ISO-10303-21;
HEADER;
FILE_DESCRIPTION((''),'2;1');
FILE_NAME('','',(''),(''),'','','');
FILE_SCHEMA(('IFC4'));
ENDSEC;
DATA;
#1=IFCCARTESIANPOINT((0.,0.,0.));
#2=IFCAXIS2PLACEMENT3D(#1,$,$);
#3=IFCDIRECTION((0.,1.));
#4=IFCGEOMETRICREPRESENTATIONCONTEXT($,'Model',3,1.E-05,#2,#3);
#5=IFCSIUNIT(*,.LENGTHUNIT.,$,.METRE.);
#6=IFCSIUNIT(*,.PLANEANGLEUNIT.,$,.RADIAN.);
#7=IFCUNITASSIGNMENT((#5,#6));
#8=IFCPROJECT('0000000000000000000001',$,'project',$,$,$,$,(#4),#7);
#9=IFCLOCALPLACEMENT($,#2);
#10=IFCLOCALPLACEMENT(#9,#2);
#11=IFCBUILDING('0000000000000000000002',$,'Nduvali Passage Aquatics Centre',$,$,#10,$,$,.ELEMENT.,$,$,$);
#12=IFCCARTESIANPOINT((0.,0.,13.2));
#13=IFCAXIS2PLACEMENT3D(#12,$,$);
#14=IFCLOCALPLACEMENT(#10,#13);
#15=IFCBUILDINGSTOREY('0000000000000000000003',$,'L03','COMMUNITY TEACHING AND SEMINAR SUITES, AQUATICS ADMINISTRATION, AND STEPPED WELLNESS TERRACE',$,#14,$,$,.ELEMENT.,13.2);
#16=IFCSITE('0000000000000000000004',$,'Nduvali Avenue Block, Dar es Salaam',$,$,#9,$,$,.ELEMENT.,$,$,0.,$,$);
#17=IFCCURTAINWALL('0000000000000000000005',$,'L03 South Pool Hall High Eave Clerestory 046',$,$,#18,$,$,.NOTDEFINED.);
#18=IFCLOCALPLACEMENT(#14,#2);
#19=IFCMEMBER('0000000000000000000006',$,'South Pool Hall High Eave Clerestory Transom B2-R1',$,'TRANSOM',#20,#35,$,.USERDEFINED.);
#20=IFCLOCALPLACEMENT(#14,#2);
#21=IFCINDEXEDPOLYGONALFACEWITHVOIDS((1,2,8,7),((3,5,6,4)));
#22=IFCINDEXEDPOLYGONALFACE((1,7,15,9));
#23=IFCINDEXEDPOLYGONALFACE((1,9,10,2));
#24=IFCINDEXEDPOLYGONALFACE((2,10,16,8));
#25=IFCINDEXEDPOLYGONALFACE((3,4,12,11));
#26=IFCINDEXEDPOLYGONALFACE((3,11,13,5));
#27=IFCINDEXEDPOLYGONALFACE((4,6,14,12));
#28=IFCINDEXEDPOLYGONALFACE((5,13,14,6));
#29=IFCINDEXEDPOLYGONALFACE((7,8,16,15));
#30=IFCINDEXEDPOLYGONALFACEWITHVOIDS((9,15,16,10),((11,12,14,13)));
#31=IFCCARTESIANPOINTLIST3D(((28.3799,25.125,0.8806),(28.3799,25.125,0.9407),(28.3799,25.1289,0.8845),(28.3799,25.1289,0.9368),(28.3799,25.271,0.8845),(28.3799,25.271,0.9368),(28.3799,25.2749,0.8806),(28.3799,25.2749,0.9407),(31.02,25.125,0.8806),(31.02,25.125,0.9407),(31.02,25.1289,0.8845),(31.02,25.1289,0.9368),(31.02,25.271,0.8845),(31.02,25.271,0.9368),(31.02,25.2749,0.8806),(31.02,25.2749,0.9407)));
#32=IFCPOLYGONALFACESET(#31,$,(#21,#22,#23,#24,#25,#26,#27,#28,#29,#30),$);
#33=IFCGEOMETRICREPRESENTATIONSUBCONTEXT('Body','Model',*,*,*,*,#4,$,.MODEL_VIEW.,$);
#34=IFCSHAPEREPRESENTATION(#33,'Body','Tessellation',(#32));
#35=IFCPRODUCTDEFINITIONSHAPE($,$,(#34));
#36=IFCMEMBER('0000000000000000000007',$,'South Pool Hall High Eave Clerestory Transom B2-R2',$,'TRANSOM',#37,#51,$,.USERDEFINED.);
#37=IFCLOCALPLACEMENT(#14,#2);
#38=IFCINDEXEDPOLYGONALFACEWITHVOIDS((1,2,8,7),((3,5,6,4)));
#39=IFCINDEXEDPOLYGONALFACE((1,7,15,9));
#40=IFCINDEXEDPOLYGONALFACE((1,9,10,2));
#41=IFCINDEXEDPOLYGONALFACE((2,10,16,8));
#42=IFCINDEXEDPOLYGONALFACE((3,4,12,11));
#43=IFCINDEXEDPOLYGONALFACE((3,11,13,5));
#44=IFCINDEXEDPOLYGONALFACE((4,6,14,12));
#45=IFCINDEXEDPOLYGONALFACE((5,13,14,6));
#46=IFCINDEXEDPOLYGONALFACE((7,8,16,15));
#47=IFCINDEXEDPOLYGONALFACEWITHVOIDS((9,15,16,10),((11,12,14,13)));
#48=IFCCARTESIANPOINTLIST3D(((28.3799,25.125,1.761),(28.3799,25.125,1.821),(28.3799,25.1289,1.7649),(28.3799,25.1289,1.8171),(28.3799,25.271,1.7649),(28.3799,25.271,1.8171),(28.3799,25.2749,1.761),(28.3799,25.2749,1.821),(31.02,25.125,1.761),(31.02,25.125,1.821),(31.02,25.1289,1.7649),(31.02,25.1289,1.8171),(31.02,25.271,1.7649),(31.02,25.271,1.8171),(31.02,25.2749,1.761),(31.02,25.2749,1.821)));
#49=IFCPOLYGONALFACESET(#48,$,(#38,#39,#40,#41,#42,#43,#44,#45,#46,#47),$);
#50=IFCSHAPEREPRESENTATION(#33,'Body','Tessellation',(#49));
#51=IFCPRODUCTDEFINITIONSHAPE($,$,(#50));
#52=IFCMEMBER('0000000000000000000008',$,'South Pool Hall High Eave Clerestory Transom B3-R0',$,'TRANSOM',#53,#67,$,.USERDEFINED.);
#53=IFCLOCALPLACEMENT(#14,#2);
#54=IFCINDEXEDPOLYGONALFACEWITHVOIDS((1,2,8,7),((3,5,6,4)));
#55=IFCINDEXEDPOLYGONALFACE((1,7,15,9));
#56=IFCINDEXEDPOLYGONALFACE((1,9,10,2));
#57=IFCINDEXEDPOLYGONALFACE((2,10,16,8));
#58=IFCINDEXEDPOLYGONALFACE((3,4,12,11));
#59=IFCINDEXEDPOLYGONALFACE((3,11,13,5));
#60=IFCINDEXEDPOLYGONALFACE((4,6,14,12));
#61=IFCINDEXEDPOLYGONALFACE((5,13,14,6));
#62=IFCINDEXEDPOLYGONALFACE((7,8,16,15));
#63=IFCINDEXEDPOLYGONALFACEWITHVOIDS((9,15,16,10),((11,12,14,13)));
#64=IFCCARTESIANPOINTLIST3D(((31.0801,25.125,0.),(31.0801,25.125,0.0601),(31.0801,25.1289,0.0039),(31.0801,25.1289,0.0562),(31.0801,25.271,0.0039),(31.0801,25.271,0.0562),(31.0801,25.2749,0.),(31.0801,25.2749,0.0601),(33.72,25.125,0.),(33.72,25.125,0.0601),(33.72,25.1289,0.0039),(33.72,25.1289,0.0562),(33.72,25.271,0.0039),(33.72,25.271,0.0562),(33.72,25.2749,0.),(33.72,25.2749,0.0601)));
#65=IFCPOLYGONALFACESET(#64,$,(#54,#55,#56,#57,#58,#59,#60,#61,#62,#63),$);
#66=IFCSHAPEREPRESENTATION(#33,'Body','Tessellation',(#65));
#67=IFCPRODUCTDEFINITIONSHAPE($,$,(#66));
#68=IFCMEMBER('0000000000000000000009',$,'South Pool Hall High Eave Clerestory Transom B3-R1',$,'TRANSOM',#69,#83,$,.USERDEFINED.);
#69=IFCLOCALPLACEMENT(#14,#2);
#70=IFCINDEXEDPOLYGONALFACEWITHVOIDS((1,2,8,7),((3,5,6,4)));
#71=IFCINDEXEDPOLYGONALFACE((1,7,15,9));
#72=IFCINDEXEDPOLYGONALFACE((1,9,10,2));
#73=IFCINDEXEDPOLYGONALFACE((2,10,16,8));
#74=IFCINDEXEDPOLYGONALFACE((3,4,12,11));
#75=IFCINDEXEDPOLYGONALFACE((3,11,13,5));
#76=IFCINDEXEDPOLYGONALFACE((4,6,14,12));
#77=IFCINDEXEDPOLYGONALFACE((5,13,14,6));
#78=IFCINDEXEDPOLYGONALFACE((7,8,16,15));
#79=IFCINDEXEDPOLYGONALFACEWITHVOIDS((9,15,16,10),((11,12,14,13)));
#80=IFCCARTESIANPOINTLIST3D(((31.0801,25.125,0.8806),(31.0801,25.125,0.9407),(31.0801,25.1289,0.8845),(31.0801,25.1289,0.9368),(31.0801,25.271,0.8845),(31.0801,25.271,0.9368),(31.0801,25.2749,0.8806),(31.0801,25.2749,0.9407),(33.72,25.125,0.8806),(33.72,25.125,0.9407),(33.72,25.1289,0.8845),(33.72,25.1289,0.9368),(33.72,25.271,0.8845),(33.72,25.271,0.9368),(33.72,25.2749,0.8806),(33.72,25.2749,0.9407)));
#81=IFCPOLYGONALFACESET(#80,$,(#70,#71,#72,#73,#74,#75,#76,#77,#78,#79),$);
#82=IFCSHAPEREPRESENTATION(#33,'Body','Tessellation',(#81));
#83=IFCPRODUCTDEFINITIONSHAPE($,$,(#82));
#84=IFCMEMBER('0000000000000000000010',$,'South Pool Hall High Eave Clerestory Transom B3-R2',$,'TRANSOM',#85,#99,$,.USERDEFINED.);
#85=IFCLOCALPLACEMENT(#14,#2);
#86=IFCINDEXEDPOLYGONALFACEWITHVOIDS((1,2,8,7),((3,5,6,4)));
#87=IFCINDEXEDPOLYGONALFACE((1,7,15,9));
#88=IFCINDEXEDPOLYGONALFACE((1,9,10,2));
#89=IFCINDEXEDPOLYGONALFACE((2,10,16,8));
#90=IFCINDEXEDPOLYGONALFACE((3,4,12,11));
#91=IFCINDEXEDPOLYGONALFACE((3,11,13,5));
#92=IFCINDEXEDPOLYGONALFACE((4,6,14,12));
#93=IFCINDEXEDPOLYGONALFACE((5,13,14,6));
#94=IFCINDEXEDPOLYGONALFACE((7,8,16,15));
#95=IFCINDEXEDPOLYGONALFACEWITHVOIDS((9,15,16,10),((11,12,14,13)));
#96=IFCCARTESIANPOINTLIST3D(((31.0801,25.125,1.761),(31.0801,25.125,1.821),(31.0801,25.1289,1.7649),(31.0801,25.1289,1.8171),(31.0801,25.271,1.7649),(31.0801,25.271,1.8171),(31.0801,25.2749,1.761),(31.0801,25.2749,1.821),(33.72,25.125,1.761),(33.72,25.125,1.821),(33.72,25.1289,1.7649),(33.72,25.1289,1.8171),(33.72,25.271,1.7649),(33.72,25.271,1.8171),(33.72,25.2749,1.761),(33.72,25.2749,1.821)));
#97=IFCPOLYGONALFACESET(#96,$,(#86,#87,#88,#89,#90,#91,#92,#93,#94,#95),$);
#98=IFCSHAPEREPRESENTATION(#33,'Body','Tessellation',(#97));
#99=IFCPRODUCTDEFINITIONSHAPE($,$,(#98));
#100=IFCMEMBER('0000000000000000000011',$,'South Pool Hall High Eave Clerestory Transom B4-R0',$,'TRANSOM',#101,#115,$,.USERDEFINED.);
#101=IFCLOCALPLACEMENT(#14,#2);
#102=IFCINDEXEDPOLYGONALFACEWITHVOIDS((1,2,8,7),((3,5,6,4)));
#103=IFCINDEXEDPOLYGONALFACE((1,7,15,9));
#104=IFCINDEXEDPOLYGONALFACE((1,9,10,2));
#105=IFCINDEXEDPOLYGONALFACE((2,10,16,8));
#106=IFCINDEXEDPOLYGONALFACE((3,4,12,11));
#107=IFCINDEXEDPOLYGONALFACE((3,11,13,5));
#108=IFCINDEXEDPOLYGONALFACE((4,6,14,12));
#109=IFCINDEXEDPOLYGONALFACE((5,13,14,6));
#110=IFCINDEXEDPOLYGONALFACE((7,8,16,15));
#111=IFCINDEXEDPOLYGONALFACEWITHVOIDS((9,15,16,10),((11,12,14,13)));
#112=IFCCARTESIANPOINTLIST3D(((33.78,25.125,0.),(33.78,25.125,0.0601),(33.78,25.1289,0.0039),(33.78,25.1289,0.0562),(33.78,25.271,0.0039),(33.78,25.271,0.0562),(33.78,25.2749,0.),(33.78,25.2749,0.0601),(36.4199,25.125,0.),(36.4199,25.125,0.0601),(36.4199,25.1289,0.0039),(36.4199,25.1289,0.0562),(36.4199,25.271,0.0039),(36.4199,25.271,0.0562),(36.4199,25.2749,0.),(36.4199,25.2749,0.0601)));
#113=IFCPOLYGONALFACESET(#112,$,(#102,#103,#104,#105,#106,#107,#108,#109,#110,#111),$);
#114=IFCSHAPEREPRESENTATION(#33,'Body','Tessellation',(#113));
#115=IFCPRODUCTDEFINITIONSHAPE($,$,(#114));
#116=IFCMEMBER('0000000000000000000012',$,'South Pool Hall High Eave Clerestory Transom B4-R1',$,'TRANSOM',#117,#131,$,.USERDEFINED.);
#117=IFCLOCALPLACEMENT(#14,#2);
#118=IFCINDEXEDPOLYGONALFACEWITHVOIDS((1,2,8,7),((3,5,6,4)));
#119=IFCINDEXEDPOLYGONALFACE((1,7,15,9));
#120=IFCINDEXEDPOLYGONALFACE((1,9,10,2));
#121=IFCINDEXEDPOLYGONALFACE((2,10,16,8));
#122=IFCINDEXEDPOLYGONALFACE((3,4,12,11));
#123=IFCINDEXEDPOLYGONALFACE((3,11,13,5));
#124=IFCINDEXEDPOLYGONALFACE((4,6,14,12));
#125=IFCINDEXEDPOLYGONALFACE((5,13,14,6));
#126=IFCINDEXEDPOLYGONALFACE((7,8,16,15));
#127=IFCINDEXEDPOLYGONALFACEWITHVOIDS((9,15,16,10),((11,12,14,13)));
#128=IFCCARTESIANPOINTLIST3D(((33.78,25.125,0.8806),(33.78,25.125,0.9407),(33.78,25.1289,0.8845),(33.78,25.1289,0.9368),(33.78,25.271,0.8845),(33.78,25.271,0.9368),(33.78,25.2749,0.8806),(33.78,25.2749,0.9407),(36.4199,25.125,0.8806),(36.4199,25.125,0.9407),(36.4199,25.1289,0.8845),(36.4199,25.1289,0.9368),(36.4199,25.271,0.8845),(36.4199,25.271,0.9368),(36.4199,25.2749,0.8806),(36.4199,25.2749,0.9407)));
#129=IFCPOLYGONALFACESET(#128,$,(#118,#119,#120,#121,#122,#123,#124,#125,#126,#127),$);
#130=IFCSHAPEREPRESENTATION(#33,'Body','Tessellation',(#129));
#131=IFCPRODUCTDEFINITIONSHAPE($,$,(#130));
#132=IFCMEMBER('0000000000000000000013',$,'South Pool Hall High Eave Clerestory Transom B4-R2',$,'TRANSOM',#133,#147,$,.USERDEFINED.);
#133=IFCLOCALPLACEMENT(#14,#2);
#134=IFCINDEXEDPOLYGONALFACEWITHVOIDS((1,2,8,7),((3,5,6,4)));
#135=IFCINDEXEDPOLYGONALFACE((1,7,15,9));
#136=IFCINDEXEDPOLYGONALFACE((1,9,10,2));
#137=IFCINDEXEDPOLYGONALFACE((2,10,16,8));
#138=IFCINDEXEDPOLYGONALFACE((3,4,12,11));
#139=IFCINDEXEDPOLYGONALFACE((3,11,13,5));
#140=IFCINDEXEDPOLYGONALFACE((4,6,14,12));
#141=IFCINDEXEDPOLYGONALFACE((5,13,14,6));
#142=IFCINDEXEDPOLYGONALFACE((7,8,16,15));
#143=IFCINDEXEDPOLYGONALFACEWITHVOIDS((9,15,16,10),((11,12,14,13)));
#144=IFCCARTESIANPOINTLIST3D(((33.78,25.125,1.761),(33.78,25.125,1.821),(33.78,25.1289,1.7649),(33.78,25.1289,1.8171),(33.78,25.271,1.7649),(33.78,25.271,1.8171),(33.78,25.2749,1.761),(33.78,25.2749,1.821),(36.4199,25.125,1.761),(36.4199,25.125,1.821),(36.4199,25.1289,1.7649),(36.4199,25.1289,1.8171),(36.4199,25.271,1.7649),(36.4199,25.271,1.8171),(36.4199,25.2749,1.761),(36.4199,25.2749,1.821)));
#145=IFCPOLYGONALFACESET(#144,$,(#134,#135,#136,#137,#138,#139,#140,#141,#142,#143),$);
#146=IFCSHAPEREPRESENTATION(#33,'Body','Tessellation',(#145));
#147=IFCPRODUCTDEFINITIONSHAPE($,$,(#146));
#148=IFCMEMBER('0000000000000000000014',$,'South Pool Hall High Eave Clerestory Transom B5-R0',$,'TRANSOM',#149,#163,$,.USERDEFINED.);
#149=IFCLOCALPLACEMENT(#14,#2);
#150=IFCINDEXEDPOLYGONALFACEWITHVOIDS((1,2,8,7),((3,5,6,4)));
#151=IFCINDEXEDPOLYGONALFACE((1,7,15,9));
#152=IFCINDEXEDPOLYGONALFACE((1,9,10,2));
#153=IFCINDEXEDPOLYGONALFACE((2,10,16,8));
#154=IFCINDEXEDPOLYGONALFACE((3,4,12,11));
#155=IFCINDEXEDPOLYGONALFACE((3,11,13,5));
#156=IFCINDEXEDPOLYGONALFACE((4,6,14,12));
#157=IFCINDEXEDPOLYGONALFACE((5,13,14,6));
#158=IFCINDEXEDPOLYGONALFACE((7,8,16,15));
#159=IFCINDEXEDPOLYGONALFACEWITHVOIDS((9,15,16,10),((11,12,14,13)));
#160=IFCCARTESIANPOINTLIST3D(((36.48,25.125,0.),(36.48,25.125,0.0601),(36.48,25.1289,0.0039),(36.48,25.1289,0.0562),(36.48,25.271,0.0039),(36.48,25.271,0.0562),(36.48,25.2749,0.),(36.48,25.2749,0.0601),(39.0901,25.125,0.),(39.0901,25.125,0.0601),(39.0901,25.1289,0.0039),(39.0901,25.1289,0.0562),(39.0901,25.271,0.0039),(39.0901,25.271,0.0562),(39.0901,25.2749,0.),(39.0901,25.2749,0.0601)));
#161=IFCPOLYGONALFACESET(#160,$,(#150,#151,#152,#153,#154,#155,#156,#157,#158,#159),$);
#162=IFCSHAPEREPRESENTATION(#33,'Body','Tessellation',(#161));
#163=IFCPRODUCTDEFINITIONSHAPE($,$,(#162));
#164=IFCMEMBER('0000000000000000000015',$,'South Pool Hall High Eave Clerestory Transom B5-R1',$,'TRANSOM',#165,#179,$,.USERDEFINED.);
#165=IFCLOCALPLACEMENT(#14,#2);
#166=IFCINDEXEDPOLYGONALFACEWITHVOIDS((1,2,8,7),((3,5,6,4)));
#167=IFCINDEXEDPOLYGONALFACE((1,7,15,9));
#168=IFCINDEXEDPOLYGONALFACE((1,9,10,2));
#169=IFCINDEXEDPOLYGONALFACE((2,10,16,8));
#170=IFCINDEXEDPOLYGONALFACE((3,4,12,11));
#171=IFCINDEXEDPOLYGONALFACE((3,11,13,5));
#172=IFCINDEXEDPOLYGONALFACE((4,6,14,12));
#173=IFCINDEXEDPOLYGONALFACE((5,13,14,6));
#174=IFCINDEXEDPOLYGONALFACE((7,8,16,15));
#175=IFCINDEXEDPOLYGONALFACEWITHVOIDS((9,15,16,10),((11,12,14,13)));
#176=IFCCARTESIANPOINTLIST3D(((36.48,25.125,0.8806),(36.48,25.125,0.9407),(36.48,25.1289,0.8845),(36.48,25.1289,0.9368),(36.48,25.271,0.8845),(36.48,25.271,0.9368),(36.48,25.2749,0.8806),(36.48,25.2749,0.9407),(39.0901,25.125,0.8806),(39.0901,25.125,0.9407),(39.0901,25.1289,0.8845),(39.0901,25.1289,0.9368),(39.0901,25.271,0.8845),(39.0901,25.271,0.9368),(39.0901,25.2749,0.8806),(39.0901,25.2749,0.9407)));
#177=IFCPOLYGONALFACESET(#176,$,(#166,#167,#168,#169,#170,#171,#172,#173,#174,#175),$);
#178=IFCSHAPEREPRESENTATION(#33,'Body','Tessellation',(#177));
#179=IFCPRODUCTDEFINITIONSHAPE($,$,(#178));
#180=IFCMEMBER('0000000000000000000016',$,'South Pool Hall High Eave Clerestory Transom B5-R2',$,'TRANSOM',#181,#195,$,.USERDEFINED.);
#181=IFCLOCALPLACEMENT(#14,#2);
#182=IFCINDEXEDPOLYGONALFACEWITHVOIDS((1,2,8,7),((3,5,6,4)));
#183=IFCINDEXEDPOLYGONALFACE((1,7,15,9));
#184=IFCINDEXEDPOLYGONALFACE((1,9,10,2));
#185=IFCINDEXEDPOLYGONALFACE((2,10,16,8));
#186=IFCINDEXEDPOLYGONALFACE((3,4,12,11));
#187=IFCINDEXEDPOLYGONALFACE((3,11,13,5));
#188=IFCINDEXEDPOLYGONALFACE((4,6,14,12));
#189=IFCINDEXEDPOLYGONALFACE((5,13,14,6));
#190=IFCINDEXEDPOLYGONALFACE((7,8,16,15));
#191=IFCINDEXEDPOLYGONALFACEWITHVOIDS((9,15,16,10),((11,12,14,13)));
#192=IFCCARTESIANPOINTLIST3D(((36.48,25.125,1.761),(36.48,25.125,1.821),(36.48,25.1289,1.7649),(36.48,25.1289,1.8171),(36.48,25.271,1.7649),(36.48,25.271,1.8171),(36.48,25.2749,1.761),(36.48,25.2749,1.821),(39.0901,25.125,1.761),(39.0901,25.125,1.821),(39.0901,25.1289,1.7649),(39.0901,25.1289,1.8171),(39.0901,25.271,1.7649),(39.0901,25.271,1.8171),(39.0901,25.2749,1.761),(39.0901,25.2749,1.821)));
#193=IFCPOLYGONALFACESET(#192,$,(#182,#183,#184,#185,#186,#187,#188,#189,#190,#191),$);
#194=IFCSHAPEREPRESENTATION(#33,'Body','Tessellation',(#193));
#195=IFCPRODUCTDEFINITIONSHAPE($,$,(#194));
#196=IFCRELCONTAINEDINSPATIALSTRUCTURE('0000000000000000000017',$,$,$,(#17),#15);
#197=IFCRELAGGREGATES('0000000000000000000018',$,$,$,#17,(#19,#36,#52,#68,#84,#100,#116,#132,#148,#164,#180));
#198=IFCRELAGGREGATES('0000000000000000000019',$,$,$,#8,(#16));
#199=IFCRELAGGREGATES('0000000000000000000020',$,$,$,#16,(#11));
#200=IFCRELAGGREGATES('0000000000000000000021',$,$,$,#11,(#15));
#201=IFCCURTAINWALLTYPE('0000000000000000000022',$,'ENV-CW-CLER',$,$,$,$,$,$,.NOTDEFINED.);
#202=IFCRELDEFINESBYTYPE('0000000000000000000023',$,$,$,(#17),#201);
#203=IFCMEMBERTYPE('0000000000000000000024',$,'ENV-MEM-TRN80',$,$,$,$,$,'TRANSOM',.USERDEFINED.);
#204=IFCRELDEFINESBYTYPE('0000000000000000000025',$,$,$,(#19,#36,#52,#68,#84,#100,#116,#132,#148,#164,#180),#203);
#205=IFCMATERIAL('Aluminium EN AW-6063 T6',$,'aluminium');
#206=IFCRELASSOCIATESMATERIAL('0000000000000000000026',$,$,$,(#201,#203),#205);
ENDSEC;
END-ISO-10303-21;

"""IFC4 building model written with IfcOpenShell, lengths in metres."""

from ifc_helpers import new_model, si_unit, direction, frame, origin, origin_2d, place, context, subcontext, project, spatial, hollow_rectangle, extrude, material, material_profile, profile_set, type_object, element, aggregate, save


model = new_model("IFC4")

# Units and contexts
model_context = context("Model", 3, precision=1e-05, world=origin(), true_north=direction((0.0, 1.0)))
body_context = subcontext(model_context, "Body", "Model", "MODEL_VIEW")
ifc_project = project(units=[si_unit("LENGTHUNIT", "METRE"), si_unit("PLANEANGLEUNIT", "RADIAN")], contexts=[model_context])

# Site, building, storey
site_placement = place(None, origin())
site = spatial("IfcSite", under=ifc_project, at=site_placement, Name="Nduvali Avenue Block, Dar es Salaam", CompositionType="ELEMENT", RefElevation=0.0)
building_placement = place(site_placement, origin())
building = spatial("IfcBuilding", under=site, at=building_placement, Name="Nduvali Passage Aquatics Centre", CompositionType="ELEMENT")
storey_placement = place(building_placement, frame((0.0, 0.0, 13.2)))
storey = spatial("IfcBuildingStorey", under=building, at=storey_placement, Name="L03", Description="COMMUNITY TEACHING AND SEMINAR SUITES, AQUATICS ADMINISTRATION, AND STEPPED WELLNESS TERRACE", CompositionType="ELEMENT", Elevation=13.2)

# Curtain wall, members
ifc_material_1 = material(Name="Aluminium EN AW-6063 T6", Category="aluminium")
curtain_wall_type = type_object("IfcCurtainWallType", Name="ENV-CW-CLER", PredefinedType="NOTDEFINED", material=ifc_material_1)
curtain_wall_placement = place(storey_placement, origin())
curtain_wall = element("IfcCurtainWall", 1, at=curtain_wall_placement, inside=storey, type_object=curtain_wall_type, Name="L03 South Pool Hall High Eave Clerestory 046", PredefinedType="NOTDEFINED")
ifc_material_profile_1 = material_profile(ifc_material_1, hollow_rectangle(XDim=0.1499, YDim=0.0601, WallThickness=0.0039, at=origin_2d()), Name="ALU TRANSOM 150x60x4")
ifc_profile_set_1 = profile_set([ifc_material_profile_1], Name="Aluminium EN AW-6063 T6")
member_type_1 = type_object("IfcMemberType", Name="ENV-MEM-TRN80", ElementType="TRANSOM", PredefinedType="USERDEFINED", material=ifc_profile_set_1)
member_1_placement = place(storey_placement, frame((28.3799, 25.2, 0.9106), z_axis=(1.0, 0.0, 0.0), x_axis=(0.0, 1.0, 0.0)))
member_1 = element("IfcMember", 2, at=member_1_placement, type_object=member_type_1, Name="South Pool Hall High Eave Clerestory Transom B2-R1", ObjectType="TRANSOM", PredefinedType="USERDEFINED", context=body_context, shape_type="SweptSolid", body=[
    extrude(hollow_rectangle(XDim=0.1499, YDim=0.0601, WallThickness=0.0039, at=origin_2d()), origin(), (0.0, 0.0, 1.0), 2.6401),
])
member_2_placement = place(storey_placement, frame((28.3799, 25.2, 1.791), z_axis=(1.0, 0.0, 0.0), x_axis=(0.0, 1.0, 0.0)))
member_2 = element("IfcMember", 3, at=member_2_placement, type_object=member_type_1, Name="South Pool Hall High Eave Clerestory Transom B2-R2", ObjectType="TRANSOM", PredefinedType="USERDEFINED", context=body_context, shape_type="SweptSolid", body=[
    extrude(hollow_rectangle(XDim=0.1499, YDim=0.0601, WallThickness=0.0039, at=origin_2d()), origin(), (0.0, 0.0, 1.0), 2.6401),
])
member_3_placement = place(storey_placement, frame((31.0801, 25.2, 0.03), z_axis=(1.0, 0.0, 0.0), x_axis=(0.0, 1.0, 0.0)))
member_3 = element("IfcMember", 4, at=member_3_placement, type_object=member_type_1, Name="South Pool Hall High Eave Clerestory Transom B3-R0", ObjectType="TRANSOM", PredefinedType="USERDEFINED", context=body_context, shape_type="SweptSolid", body=[
    extrude(hollow_rectangle(XDim=0.1499, YDim=0.0601, WallThickness=0.0039, at=origin_2d()), origin(), (0.0, 0.0, 1.0), 2.6399),
])
member_4_placement = place(storey_placement, frame((31.0801, 25.2, 0.9106), z_axis=(1.0, 0.0, 0.0), x_axis=(0.0, 1.0, 0.0)))
member_4 = element("IfcMember", 5, at=member_4_placement, type_object=member_type_1, Name="South Pool Hall High Eave Clerestory Transom B3-R1", ObjectType="TRANSOM", PredefinedType="USERDEFINED", context=body_context, shape_type="SweptSolid", body=[
    extrude(hollow_rectangle(XDim=0.1499, YDim=0.0601, WallThickness=0.0039, at=origin_2d()), origin(), (0.0, 0.0, 1.0), 2.6399),
])
member_5_placement = place(storey_placement, frame((31.0801, 25.2, 1.791), z_axis=(1.0, 0.0, 0.0), x_axis=(0.0, 1.0, 0.0)))
member_5 = element("IfcMember", 6, at=member_5_placement, type_object=member_type_1, Name="South Pool Hall High Eave Clerestory Transom B3-R2", ObjectType="TRANSOM", PredefinedType="USERDEFINED", context=body_context, shape_type="SweptSolid", body=[
    extrude(hollow_rectangle(XDim=0.1499, YDim=0.0601, WallThickness=0.0039, at=origin_2d()), origin(), (0.0, 0.0, 1.0), 2.6399),
])
member_6_placement = place(storey_placement, frame((33.78, 25.2, 0.03), z_axis=(1.0, 0.0, 0.0), x_axis=(0.0, 1.0, 0.0)))
member_6 = element("IfcMember", 7, at=member_6_placement, type_object=member_type_1, Name="South Pool Hall High Eave Clerestory Transom B4-R0", ObjectType="TRANSOM", PredefinedType="USERDEFINED", context=body_context, shape_type="SweptSolid", body=[
    extrude(hollow_rectangle(XDim=0.1499, YDim=0.0601, WallThickness=0.0039, at=origin_2d()), origin(), (0.0, 0.0, 1.0), 2.6399),
])
member_7_placement = place(storey_placement, frame((33.78, 25.2, 0.9106), z_axis=(1.0, 0.0, 0.0), x_axis=(0.0, 1.0, 0.0)))
member_7 = element("IfcMember", 8, at=member_7_placement, type_object=member_type_1, Name="South Pool Hall High Eave Clerestory Transom B4-R1", ObjectType="TRANSOM", PredefinedType="USERDEFINED", context=body_context, shape_type="SweptSolid", body=[
    extrude(hollow_rectangle(XDim=0.1499, YDim=0.0601, WallThickness=0.0039, at=origin_2d()), origin(), (0.0, 0.0, 1.0), 2.6399),
])
member_8_placement = place(storey_placement, frame((33.78, 25.2, 1.791), z_axis=(1.0, 0.0, 0.0), x_axis=(0.0, 1.0, 0.0)))
member_8 = element("IfcMember", 9, at=member_8_placement, type_object=member_type_1, Name="South Pool Hall High Eave Clerestory Transom B4-R2", ObjectType="TRANSOM", PredefinedType="USERDEFINED", context=body_context, shape_type="SweptSolid", body=[
    extrude(hollow_rectangle(XDim=0.1499, YDim=0.0601, WallThickness=0.0039, at=origin_2d()), origin(), (0.0, 0.0, 1.0), 2.6399),
])
member_9_placement = place(storey_placement, frame((36.48, 25.2, 0.03), z_axis=(1.0, 0.0, 0.0), x_axis=(0.0, 1.0, 0.0)))
member_9 = element("IfcMember", 10, at=member_9_placement, type_object=member_type_1, Name="South Pool Hall High Eave Clerestory Transom B5-R0", ObjectType="TRANSOM", PredefinedType="USERDEFINED", context=body_context, shape_type="SweptSolid", body=[
    extrude(hollow_rectangle(XDim=0.1499, YDim=0.0601, WallThickness=0.0039, at=origin_2d()), origin(), (0.0, 0.0, 1.0), 2.6101),
])
member_10_placement = place(storey_placement, frame((36.48, 25.2, 0.9106), z_axis=(1.0, 0.0, 0.0), x_axis=(0.0, 1.0, 0.0)))
member_10 = element("IfcMember", 11, at=member_10_placement, type_object=member_type_1, Name="South Pool Hall High Eave Clerestory Transom B5-R1", ObjectType="TRANSOM", PredefinedType="USERDEFINED", context=body_context, shape_type="SweptSolid", body=[
    extrude(hollow_rectangle(XDim=0.1499, YDim=0.0601, WallThickness=0.0039, at=origin_2d()), origin(), (0.0, 0.0, 1.0), 2.6101),
])
member_11_placement = place(storey_placement, frame((36.48, 25.2, 1.791), z_axis=(1.0, 0.0, 0.0), x_axis=(0.0, 1.0, 0.0)))
member_11 = element("IfcMember", 12, at=member_11_placement, type_object=member_type_1, Name="South Pool Hall High Eave Clerestory Transom B5-R2", ObjectType="TRANSOM", PredefinedType="USERDEFINED", context=body_context, shape_type="SweptSolid", body=[
    extrude(hollow_rectangle(XDim=0.1499, YDim=0.0601, WallThickness=0.0039, at=origin_2d()), origin(), (0.0, 0.0, 1.0), 2.6101),
])

aggregate(curtain_wall, [member_1, member_2, member_3, member_4, member_5, member_6, member_7, member_8, member_9, member_10, member_11])

save(model, "model.ifc")
